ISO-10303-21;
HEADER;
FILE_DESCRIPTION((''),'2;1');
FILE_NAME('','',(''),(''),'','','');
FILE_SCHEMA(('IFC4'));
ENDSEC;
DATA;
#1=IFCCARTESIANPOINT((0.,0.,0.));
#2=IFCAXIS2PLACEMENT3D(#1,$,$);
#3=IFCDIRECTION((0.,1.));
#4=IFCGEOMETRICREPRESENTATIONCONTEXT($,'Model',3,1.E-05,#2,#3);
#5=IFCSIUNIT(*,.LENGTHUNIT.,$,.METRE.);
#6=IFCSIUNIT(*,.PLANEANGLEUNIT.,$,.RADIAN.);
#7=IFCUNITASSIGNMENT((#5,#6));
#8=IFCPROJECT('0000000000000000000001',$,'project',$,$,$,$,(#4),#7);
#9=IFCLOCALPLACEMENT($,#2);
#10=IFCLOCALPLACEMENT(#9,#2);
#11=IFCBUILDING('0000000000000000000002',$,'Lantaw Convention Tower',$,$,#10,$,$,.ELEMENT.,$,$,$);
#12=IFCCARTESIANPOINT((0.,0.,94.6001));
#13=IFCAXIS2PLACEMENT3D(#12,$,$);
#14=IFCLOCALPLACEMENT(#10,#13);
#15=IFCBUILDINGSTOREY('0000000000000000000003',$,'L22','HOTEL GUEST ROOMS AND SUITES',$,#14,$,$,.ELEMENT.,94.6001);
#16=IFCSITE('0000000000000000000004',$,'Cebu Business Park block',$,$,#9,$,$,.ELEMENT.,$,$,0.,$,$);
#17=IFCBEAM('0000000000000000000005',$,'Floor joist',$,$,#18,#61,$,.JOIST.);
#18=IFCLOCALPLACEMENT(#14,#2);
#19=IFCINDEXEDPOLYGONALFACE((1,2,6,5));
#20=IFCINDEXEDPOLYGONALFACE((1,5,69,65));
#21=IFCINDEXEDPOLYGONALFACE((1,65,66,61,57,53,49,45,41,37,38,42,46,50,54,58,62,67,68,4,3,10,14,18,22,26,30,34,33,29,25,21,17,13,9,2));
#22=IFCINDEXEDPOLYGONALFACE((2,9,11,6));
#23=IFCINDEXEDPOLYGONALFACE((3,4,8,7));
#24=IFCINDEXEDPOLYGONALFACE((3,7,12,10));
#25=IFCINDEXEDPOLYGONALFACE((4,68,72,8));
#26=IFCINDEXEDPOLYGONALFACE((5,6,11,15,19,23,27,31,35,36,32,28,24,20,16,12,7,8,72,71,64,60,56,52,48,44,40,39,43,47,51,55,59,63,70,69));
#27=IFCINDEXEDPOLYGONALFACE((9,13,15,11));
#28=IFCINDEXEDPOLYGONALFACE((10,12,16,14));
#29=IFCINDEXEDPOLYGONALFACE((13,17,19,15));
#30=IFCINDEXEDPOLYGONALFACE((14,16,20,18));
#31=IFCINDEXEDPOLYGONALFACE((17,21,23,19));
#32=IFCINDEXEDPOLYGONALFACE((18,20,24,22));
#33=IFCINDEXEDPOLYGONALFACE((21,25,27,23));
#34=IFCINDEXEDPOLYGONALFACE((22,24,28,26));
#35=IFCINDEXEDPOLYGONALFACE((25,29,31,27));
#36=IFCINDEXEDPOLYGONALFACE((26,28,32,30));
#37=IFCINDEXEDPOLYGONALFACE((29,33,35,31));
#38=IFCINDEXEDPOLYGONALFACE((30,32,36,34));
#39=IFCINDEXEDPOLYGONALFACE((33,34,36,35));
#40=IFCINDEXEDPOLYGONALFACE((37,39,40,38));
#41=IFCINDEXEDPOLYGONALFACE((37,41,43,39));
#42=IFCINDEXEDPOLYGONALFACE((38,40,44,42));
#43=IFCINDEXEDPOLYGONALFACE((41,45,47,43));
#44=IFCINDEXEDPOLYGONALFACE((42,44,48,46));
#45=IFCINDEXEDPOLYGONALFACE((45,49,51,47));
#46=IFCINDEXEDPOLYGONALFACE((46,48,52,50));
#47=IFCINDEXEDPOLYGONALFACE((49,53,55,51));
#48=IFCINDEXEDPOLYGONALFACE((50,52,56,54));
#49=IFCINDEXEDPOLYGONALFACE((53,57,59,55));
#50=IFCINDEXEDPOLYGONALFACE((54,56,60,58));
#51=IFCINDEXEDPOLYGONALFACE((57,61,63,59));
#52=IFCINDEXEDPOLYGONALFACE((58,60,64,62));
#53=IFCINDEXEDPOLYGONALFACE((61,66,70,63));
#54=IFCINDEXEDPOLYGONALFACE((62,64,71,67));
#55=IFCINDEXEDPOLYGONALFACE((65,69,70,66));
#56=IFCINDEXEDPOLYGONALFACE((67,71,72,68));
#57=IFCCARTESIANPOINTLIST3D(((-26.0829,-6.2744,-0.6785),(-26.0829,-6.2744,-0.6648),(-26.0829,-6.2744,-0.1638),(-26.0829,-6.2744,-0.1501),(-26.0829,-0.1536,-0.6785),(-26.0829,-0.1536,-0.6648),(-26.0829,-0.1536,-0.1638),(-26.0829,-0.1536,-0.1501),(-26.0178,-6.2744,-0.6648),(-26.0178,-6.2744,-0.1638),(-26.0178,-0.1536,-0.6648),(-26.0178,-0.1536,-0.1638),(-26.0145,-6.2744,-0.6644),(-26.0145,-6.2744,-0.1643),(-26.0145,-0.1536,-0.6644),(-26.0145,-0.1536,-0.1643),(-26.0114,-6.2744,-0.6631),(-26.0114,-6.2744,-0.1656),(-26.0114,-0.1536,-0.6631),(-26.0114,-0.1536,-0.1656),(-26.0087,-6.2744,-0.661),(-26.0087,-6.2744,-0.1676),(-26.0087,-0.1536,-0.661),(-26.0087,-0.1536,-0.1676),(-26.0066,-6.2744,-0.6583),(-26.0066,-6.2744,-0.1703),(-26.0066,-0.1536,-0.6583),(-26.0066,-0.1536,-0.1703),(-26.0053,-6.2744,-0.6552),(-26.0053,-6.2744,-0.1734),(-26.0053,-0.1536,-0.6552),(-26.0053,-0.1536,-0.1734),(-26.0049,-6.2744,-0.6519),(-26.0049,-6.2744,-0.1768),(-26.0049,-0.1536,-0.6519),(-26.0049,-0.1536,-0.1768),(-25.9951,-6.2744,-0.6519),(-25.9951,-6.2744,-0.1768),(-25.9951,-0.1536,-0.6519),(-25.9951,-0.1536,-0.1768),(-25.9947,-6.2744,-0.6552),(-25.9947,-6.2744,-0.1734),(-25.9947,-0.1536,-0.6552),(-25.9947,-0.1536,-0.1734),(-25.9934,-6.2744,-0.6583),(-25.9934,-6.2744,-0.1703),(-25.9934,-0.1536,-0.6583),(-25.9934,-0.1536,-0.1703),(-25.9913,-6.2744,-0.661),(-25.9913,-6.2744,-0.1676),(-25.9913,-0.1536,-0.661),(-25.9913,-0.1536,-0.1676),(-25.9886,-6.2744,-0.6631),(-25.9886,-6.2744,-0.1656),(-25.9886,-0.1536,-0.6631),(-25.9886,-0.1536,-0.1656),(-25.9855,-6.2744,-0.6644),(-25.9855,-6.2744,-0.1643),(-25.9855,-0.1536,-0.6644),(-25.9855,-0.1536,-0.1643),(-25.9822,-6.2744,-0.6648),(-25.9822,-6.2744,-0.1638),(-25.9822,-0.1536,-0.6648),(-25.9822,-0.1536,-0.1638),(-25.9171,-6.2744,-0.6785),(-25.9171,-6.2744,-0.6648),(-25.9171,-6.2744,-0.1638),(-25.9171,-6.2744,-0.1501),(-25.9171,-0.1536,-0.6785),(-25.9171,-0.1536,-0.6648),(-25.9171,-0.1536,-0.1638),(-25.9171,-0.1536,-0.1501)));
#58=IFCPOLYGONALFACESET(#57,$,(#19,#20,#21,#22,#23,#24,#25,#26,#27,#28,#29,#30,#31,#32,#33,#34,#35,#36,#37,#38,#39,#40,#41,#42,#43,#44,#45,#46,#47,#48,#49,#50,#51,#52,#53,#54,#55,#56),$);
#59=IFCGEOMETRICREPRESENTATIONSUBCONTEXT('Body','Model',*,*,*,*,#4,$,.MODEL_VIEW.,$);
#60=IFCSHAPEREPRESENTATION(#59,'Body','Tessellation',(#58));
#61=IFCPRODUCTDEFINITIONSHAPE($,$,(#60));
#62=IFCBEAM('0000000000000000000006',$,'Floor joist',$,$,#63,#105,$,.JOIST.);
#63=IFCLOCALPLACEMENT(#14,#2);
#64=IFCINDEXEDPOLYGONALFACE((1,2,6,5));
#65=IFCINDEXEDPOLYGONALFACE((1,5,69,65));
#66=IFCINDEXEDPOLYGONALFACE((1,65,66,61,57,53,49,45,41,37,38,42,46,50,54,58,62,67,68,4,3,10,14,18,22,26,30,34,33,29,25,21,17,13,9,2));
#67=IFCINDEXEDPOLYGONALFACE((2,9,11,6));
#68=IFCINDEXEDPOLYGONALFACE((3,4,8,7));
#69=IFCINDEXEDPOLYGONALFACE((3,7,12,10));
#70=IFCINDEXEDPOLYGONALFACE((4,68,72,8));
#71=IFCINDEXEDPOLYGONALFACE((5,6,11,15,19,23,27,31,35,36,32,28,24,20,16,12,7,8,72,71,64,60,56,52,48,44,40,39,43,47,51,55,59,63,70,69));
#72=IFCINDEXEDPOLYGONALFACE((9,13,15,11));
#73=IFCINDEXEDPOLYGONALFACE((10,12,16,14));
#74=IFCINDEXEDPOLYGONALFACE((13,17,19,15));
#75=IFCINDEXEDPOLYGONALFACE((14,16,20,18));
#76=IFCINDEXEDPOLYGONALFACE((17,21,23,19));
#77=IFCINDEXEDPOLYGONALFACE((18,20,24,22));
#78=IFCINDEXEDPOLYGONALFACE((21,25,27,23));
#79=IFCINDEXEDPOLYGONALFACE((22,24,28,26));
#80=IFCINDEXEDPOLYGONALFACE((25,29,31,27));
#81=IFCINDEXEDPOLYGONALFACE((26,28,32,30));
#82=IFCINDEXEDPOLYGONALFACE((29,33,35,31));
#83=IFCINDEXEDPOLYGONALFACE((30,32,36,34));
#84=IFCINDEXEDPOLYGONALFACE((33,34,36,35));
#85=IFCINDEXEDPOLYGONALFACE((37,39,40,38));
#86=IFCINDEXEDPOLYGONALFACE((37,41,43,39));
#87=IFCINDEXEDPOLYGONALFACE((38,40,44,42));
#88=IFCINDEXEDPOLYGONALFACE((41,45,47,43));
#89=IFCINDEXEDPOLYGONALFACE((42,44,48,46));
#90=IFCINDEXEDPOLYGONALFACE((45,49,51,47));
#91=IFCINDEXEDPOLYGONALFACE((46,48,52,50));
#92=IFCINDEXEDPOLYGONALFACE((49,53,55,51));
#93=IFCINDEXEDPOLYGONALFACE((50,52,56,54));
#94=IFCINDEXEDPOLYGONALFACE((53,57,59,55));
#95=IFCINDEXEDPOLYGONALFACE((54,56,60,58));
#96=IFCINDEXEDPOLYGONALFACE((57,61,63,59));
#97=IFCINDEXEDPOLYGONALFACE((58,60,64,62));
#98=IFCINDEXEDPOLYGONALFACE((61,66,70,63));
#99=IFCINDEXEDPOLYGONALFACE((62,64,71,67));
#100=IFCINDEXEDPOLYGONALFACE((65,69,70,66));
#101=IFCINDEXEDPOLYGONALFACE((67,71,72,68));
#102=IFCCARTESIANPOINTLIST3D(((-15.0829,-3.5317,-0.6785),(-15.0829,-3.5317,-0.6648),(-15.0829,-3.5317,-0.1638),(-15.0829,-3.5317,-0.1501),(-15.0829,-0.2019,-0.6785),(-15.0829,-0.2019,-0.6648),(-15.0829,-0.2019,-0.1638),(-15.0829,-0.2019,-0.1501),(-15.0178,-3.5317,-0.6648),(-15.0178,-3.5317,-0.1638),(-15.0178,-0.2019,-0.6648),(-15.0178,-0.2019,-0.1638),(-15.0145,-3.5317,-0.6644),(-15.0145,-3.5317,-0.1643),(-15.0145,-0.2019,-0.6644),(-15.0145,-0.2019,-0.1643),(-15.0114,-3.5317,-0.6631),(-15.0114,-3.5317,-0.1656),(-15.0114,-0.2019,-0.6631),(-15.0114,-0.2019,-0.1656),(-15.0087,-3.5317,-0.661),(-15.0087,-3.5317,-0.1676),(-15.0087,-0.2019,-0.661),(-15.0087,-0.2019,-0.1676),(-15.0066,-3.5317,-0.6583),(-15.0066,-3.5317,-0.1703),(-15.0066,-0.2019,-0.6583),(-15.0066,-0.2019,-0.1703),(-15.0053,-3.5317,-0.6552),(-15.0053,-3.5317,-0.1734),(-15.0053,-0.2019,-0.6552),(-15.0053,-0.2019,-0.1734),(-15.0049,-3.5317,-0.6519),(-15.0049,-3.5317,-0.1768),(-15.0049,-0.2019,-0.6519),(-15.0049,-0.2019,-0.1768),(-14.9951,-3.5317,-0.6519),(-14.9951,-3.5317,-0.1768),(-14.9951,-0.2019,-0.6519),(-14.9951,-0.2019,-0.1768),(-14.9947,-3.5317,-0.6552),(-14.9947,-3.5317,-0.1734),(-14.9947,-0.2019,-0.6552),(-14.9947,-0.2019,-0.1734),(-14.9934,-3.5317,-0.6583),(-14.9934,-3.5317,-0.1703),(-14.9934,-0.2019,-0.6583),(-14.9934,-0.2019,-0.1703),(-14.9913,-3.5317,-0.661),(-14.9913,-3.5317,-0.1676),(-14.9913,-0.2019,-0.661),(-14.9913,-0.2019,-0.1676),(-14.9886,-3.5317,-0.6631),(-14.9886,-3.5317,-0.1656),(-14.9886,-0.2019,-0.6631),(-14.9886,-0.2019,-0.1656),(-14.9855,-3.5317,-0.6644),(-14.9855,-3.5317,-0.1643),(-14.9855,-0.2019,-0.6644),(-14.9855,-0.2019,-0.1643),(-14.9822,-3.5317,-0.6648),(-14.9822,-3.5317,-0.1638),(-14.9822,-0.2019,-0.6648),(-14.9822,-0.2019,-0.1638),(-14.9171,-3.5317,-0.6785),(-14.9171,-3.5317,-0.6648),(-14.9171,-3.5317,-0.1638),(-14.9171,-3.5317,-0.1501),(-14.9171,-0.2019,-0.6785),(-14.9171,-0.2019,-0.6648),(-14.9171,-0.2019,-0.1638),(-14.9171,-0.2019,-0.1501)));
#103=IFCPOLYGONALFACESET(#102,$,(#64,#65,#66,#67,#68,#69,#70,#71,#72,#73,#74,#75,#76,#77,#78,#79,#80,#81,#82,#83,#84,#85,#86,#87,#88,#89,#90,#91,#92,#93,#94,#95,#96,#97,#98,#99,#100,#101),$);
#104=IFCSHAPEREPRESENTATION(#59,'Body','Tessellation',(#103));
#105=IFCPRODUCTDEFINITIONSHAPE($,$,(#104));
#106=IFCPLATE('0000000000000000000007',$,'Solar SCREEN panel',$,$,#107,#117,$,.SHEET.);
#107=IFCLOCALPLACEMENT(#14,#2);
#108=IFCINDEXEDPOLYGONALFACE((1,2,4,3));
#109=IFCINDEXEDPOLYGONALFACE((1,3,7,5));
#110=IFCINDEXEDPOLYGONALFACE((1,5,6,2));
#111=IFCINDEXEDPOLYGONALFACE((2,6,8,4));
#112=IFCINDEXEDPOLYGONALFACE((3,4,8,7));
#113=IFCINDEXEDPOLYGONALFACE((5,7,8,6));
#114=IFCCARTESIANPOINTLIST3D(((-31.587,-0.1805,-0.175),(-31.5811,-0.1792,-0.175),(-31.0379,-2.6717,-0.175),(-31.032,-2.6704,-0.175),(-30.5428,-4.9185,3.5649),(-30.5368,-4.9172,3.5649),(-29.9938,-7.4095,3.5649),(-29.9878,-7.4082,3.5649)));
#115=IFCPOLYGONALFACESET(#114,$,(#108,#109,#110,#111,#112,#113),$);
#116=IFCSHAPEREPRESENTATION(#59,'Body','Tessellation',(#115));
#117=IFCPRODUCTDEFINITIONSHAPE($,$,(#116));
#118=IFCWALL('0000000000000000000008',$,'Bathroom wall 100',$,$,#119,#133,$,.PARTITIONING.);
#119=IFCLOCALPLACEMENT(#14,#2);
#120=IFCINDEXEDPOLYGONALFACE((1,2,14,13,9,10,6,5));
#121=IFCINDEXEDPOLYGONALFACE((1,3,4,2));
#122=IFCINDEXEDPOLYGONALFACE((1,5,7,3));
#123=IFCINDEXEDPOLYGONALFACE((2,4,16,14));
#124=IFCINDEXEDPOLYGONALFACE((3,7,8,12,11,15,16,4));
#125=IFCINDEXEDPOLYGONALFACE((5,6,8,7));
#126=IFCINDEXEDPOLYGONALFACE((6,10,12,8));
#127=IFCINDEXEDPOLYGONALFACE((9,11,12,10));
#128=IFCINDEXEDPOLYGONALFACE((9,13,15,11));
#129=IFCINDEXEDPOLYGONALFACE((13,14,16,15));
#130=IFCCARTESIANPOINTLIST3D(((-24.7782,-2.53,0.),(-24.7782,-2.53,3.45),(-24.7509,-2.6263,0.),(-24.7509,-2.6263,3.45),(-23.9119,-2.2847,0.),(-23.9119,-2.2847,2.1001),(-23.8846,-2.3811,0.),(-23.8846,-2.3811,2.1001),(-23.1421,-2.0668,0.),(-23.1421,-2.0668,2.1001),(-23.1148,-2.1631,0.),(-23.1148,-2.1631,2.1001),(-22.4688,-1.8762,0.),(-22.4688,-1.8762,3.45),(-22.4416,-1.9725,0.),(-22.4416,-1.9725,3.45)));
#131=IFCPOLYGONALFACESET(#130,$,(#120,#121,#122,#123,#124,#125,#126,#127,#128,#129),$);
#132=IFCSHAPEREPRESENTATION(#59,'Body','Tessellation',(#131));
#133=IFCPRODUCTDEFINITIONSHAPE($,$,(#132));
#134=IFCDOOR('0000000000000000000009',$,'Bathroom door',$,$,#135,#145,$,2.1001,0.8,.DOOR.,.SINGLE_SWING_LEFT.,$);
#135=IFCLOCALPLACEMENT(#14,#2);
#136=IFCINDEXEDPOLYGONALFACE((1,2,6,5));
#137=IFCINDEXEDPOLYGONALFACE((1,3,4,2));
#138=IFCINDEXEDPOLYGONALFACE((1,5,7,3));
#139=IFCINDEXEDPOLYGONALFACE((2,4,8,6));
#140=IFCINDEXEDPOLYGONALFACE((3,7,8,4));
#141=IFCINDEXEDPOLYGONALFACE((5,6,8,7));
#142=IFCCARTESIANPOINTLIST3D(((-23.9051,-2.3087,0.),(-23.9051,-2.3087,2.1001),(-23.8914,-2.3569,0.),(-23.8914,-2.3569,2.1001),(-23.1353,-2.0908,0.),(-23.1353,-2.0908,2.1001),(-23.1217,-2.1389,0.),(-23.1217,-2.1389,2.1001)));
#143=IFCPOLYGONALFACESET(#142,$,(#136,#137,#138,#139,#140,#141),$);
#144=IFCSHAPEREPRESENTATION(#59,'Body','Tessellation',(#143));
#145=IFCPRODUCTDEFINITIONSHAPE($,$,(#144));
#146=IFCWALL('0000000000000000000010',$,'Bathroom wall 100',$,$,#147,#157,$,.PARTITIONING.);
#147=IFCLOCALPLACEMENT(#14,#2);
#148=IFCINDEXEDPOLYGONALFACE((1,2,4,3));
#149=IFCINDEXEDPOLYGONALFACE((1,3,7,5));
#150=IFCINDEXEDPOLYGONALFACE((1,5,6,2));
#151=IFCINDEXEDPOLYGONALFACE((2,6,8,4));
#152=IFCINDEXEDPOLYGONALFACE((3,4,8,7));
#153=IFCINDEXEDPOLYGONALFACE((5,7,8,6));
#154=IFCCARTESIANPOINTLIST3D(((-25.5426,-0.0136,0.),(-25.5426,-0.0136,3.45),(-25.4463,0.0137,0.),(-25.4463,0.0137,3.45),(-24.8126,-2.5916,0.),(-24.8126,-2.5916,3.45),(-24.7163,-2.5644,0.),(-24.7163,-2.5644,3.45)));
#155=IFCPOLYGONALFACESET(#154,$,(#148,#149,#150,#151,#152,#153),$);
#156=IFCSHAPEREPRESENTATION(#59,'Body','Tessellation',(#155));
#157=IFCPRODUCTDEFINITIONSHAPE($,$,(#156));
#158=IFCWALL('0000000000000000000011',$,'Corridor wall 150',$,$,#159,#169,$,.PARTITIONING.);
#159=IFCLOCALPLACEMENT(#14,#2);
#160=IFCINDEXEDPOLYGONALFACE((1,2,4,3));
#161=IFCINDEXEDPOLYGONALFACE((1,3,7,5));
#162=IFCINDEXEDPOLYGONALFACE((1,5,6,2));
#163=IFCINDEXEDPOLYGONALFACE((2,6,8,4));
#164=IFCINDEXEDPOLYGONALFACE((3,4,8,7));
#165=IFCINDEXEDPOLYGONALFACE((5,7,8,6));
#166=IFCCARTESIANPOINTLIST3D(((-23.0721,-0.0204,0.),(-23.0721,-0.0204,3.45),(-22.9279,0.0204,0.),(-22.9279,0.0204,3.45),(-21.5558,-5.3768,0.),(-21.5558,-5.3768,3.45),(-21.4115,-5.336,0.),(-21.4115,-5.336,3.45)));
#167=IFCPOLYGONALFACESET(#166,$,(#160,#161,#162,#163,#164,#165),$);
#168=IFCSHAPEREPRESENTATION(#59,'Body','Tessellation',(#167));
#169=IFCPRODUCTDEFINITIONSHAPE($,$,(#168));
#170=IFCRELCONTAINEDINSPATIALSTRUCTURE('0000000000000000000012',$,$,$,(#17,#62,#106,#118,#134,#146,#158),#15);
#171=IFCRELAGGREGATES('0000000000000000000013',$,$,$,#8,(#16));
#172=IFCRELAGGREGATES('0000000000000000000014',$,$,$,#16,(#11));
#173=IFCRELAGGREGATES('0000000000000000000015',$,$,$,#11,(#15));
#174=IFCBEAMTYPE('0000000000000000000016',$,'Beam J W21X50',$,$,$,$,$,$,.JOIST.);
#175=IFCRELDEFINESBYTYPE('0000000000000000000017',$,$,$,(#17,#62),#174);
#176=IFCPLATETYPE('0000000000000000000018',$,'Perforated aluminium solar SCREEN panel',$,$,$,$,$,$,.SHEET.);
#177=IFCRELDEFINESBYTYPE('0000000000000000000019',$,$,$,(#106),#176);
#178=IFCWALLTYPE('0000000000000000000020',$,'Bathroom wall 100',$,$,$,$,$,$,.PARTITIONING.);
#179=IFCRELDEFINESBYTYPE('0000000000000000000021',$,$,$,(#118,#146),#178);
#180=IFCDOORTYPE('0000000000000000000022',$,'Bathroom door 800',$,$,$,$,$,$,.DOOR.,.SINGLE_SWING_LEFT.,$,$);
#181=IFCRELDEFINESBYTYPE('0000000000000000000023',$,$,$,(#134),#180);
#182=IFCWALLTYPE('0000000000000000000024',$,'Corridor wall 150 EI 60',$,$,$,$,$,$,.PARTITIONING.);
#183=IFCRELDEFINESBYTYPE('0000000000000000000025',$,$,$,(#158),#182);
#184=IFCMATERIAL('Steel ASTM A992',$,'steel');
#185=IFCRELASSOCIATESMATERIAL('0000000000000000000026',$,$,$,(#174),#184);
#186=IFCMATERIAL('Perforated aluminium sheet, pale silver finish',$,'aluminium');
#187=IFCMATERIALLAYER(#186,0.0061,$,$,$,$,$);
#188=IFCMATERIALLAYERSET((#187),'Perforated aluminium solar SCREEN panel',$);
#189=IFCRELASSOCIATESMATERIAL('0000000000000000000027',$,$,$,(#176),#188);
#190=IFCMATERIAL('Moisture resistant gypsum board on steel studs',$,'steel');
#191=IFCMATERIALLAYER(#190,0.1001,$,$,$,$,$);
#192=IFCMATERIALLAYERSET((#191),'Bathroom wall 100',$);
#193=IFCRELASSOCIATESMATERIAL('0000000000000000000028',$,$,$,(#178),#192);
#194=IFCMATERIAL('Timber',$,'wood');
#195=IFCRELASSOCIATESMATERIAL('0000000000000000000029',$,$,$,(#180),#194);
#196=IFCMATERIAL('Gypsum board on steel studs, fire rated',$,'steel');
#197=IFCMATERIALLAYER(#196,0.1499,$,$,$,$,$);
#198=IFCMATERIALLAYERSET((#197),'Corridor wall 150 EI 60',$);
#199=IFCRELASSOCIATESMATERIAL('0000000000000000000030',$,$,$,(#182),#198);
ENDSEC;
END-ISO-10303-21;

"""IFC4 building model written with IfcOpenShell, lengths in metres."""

from ifc_helpers import new_model, si_unit, direction, frame, frame_2d, origin, origin_2d, place, context, subcontext, project, spatial, polyline, rectangle, i_section, outline, extrude, material, layer, layer_set, material_profile, profile_set, type_object, element, fill, save


model = new_model("IFC4")

# Units and contexts
model_context = context("Model", 3, precision=1e-05, world=origin(), true_north=direction((0.0, 1.0)))
body_context = subcontext(model_context, "Body", "Model", "MODEL_VIEW")
ifc_project = project(units=[si_unit("LENGTHUNIT", "METRE"), si_unit("PLANEANGLEUNIT", "RADIAN")], contexts=[model_context])

# Site, building, storey
site_placement = place(None, origin())
site = spatial("IfcSite", under=ifc_project, at=site_placement, Name="Cebu Business Park block", CompositionType="ELEMENT", RefElevation=0.0)
building_placement = place(site_placement, origin())
building = spatial("IfcBuilding", under=site, at=building_placement, Name="Lantaw Convention Tower", CompositionType="ELEMENT")
storey_placement = place(building_placement, frame((0.0, 0.0, 94.6001)))
storey = spatial("IfcBuildingStorey", under=building, at=storey_placement, Name="L22", Description="HOTEL GUEST ROOMS AND SUITES", CompositionType="ELEMENT", Elevation=94.6001)

# Beams
ifc_material_1 = material(Name="Steel ASTM A992", Category="steel")
ifc_material_profile_1 = material_profile(ifc_material_1, i_section(OverallWidth=0.1658, OverallDepth=0.5283, WebThickness=0.0098, FlangeThickness=0.0137, FilletRadius=0.0129, at=origin_2d()), Name="W21X50")
ifc_profile_set_1 = profile_set([ifc_material_profile_1], Name="Steel ASTM A992")
beam_type_1 = type_object("IfcBeamType", Name="Beam J W21X50", PredefinedType="JOIST", material=ifc_profile_set_1)
beam_1_placement = place(storey_placement, frame((-26.0, -6.2744, -0.4143), z_axis=(0.0, 1.0, 0.0), x_axis=(-1.0, 0.0, 0.0)))
element("IfcBeam", 1, at=beam_1_placement, inside=storey, type_object=beam_type_1, Name="Floor joist", PredefinedType="JOIST", context=body_context, shape_type="SweptSolid", body=[
    extrude(i_section(OverallWidth=0.1658, OverallDepth=0.5283, WebThickness=0.0098, FlangeThickness=0.0137, FilletRadius=0.0129, at=origin_2d()), origin(), (0.0, 0.0, 1.0), 6.1208),
])
beam_2_placement = place(storey_placement, frame((-15.0, -3.5317, -0.4143), z_axis=(0.0, 1.0, 0.0), x_axis=(-1.0, 0.0, 0.0)))
element("IfcBeam", 2, at=beam_2_placement, inside=storey, type_object=beam_type_1, Name="Floor joist", PredefinedType="JOIST", context=body_context, shape_type="SweptSolid", body=[
    extrude(i_section(OverallWidth=0.1658, OverallDepth=0.5283, WebThickness=0.0098, FlangeThickness=0.0137, FilletRadius=0.0129, at=origin_2d()), origin(), (0.0, 0.0, 1.0), 3.3298),
])

# Plate
ifc_material_2 = material(Name="Perforated aluminium sheet, pale silver finish", Category="aluminium")
ifc_layer_1 = layer(ifc_material_2, 0.0061)
ifc_layer_set_1 = layer_set([ifc_layer_1], Name="Perforated aluminium solar SCREEN panel")
plate_type = type_object("IfcPlateType", Name="Perforated aluminium solar SCREEN panel", PredefinedType="SHEET", material=ifc_layer_set_1)
plate_placement = place(storey_placement, frame((-31.5811, -0.1792, -0.175), z_axis=(0.976559, 0.215248, 0.00003), x_axis=(0.215248, -0.976559, 0.0)))
element("IfcPlate", 3, at=plate_placement, inside=storey, type_object=plate_type, Name="Solar SCREEN panel", PredefinedType="SHEET", context=body_context, shape_type="SweptSolid", body=[
    extrude(outline(polyline([(0.0, 0.0), (2.551, 0.0), (7.4025, -3.74), (4.8517, -3.74), (0.0, 0.0)])), origin(), (0.0, 0.0, -1.0), 0.0061),
])

# Wall, opening, door
ifc_material_3 = material(Name="Moisture resistant gypsum board on steel studs", Category="steel")
ifc_layer_2 = layer(ifc_material_3, 0.1001)
ifc_layer_set_2 = layer_set([ifc_layer_2], Name="Bathroom wall 100")
wall_type_1 = type_object("IfcWallType", Name="Bathroom wall 100", PredefinedType="PARTITIONING", material=ifc_layer_set_2)
wall_1_placement = place(storey_placement, frame((-22.4551, -1.9243, 0.0), z_axis=(0.0, 0.0, 1.0), x_axis=(-0.962181, -0.27241, 0.0)))
wall_1 = element("IfcWall", 4, at=wall_1_placement, inside=storey, type_object=wall_type_1, Name="Bathroom wall 100", PredefinedType="PARTITIONING", context=body_context, shape_type="SweptSolid", body=[
    extrude(rectangle(XDim=2.4001, YDim=0.1001, at=frame_2d((1.2002, 0.0))), origin(), (0.0, 0.0, 1.0), 3.45),
])
opening_1_placement = place(wall_1_placement, frame((0.7, 0.0, 0.0)))
opening_1 = element("IfcOpeningElement", 5, at=opening_1_placement, cuts=wall_1, PredefinedType="OPENING", context=body_context, shape_type="SweptSolid", body=[
    extrude(rectangle(XDim=0.8, YDim=2.1001, at=frame_2d((0.3999, 1.05))), frame((0.0, 0.0601, 0.0), z_axis=(0.0, -1.0, 0.0), x_axis=(1.0, 0.0, 0.0)), (0.0, 0.0, 1.0), 0.1201),
])
ifc_material_4 = material(Name="Timber", Category="wood")
door_type_1 = type_object("IfcDoorType", Name="Bathroom door 800", OperationType="SINGLE_SWING_LEFT", PredefinedType="DOOR", material=ifc_material_4)
door_1_placement = place(opening_1_placement, origin())
door_1 = element("IfcDoor", 6, at=door_1_placement, inside=storey, type_object=door_type_1, Name="Bathroom door", OperationType="SINGLE_SWING_LEFT", OverallHeight=2.1001, OverallWidth=0.8, PredefinedType="DOOR", context=body_context, shape_type="SweptSolid", body=[
    extrude(rectangle(XDim=0.8, YDim=2.1001, at=frame_2d((0.3999, 1.05))), frame((0.0, 0.0249, 0.0), z_axis=(0.0, -1.0, 0.0), x_axis=(1.0, 0.0, 0.0)), (0.0, 0.0, 1.0), 0.05),
])
fill(opening_1, door_1)

# Walls
wall_2_placement = place(storey_placement, frame((-24.7644, -2.5781, 0.0), z_axis=(0.0, 0.0, 1.0), x_axis=(-0.272434, 0.962175, 0.0)))
element("IfcWall", 7, at=wall_2_placement, inside=storey, type_object=wall_type_1, Name="Bathroom wall 100", PredefinedType="PARTITIONING", context=body_context, shape_type="SweptSolid", body=[
    extrude(rectangle(XDim=2.6794, YDim=0.1001, at=frame_2d((1.3398, 0.0))), origin(), (0.0, 0.0, 1.0), 3.45),
])
ifc_material_5 = material(Name="Gypsum board on steel studs, fire rated", Category="steel")
ifc_layer_3 = layer(ifc_material_5, 0.1499)
ifc_layer_set_3 = layer_set([ifc_layer_3], Name="Corridor wall 150 EI 60")
wall_type_2 = type_object("IfcWallType", Name="Corridor wall 150 EI 60", PredefinedType="PARTITIONING", material=ifc_layer_set_3)
wall_3_placement = place(storey_placement, frame((-23.0, 0.0, 0.0), z_axis=(0.0, 0.0, 1.0), x_axis=(0.272386, -0.962188, 0.0)))
element("IfcWall", 8, at=wall_3_placement, inside=storey, type_object=wall_type_2, Name="Corridor wall 150", PredefinedType="PARTITIONING", context=body_context, shape_type="SweptSolid", body=[
    extrude(rectangle(XDim=5.5669, YDim=0.1499, at=frame_2d((2.7834, 0.0))), origin(), (0.0, 0.0, 1.0), 3.45),
])

save(model, "model.ifc")
